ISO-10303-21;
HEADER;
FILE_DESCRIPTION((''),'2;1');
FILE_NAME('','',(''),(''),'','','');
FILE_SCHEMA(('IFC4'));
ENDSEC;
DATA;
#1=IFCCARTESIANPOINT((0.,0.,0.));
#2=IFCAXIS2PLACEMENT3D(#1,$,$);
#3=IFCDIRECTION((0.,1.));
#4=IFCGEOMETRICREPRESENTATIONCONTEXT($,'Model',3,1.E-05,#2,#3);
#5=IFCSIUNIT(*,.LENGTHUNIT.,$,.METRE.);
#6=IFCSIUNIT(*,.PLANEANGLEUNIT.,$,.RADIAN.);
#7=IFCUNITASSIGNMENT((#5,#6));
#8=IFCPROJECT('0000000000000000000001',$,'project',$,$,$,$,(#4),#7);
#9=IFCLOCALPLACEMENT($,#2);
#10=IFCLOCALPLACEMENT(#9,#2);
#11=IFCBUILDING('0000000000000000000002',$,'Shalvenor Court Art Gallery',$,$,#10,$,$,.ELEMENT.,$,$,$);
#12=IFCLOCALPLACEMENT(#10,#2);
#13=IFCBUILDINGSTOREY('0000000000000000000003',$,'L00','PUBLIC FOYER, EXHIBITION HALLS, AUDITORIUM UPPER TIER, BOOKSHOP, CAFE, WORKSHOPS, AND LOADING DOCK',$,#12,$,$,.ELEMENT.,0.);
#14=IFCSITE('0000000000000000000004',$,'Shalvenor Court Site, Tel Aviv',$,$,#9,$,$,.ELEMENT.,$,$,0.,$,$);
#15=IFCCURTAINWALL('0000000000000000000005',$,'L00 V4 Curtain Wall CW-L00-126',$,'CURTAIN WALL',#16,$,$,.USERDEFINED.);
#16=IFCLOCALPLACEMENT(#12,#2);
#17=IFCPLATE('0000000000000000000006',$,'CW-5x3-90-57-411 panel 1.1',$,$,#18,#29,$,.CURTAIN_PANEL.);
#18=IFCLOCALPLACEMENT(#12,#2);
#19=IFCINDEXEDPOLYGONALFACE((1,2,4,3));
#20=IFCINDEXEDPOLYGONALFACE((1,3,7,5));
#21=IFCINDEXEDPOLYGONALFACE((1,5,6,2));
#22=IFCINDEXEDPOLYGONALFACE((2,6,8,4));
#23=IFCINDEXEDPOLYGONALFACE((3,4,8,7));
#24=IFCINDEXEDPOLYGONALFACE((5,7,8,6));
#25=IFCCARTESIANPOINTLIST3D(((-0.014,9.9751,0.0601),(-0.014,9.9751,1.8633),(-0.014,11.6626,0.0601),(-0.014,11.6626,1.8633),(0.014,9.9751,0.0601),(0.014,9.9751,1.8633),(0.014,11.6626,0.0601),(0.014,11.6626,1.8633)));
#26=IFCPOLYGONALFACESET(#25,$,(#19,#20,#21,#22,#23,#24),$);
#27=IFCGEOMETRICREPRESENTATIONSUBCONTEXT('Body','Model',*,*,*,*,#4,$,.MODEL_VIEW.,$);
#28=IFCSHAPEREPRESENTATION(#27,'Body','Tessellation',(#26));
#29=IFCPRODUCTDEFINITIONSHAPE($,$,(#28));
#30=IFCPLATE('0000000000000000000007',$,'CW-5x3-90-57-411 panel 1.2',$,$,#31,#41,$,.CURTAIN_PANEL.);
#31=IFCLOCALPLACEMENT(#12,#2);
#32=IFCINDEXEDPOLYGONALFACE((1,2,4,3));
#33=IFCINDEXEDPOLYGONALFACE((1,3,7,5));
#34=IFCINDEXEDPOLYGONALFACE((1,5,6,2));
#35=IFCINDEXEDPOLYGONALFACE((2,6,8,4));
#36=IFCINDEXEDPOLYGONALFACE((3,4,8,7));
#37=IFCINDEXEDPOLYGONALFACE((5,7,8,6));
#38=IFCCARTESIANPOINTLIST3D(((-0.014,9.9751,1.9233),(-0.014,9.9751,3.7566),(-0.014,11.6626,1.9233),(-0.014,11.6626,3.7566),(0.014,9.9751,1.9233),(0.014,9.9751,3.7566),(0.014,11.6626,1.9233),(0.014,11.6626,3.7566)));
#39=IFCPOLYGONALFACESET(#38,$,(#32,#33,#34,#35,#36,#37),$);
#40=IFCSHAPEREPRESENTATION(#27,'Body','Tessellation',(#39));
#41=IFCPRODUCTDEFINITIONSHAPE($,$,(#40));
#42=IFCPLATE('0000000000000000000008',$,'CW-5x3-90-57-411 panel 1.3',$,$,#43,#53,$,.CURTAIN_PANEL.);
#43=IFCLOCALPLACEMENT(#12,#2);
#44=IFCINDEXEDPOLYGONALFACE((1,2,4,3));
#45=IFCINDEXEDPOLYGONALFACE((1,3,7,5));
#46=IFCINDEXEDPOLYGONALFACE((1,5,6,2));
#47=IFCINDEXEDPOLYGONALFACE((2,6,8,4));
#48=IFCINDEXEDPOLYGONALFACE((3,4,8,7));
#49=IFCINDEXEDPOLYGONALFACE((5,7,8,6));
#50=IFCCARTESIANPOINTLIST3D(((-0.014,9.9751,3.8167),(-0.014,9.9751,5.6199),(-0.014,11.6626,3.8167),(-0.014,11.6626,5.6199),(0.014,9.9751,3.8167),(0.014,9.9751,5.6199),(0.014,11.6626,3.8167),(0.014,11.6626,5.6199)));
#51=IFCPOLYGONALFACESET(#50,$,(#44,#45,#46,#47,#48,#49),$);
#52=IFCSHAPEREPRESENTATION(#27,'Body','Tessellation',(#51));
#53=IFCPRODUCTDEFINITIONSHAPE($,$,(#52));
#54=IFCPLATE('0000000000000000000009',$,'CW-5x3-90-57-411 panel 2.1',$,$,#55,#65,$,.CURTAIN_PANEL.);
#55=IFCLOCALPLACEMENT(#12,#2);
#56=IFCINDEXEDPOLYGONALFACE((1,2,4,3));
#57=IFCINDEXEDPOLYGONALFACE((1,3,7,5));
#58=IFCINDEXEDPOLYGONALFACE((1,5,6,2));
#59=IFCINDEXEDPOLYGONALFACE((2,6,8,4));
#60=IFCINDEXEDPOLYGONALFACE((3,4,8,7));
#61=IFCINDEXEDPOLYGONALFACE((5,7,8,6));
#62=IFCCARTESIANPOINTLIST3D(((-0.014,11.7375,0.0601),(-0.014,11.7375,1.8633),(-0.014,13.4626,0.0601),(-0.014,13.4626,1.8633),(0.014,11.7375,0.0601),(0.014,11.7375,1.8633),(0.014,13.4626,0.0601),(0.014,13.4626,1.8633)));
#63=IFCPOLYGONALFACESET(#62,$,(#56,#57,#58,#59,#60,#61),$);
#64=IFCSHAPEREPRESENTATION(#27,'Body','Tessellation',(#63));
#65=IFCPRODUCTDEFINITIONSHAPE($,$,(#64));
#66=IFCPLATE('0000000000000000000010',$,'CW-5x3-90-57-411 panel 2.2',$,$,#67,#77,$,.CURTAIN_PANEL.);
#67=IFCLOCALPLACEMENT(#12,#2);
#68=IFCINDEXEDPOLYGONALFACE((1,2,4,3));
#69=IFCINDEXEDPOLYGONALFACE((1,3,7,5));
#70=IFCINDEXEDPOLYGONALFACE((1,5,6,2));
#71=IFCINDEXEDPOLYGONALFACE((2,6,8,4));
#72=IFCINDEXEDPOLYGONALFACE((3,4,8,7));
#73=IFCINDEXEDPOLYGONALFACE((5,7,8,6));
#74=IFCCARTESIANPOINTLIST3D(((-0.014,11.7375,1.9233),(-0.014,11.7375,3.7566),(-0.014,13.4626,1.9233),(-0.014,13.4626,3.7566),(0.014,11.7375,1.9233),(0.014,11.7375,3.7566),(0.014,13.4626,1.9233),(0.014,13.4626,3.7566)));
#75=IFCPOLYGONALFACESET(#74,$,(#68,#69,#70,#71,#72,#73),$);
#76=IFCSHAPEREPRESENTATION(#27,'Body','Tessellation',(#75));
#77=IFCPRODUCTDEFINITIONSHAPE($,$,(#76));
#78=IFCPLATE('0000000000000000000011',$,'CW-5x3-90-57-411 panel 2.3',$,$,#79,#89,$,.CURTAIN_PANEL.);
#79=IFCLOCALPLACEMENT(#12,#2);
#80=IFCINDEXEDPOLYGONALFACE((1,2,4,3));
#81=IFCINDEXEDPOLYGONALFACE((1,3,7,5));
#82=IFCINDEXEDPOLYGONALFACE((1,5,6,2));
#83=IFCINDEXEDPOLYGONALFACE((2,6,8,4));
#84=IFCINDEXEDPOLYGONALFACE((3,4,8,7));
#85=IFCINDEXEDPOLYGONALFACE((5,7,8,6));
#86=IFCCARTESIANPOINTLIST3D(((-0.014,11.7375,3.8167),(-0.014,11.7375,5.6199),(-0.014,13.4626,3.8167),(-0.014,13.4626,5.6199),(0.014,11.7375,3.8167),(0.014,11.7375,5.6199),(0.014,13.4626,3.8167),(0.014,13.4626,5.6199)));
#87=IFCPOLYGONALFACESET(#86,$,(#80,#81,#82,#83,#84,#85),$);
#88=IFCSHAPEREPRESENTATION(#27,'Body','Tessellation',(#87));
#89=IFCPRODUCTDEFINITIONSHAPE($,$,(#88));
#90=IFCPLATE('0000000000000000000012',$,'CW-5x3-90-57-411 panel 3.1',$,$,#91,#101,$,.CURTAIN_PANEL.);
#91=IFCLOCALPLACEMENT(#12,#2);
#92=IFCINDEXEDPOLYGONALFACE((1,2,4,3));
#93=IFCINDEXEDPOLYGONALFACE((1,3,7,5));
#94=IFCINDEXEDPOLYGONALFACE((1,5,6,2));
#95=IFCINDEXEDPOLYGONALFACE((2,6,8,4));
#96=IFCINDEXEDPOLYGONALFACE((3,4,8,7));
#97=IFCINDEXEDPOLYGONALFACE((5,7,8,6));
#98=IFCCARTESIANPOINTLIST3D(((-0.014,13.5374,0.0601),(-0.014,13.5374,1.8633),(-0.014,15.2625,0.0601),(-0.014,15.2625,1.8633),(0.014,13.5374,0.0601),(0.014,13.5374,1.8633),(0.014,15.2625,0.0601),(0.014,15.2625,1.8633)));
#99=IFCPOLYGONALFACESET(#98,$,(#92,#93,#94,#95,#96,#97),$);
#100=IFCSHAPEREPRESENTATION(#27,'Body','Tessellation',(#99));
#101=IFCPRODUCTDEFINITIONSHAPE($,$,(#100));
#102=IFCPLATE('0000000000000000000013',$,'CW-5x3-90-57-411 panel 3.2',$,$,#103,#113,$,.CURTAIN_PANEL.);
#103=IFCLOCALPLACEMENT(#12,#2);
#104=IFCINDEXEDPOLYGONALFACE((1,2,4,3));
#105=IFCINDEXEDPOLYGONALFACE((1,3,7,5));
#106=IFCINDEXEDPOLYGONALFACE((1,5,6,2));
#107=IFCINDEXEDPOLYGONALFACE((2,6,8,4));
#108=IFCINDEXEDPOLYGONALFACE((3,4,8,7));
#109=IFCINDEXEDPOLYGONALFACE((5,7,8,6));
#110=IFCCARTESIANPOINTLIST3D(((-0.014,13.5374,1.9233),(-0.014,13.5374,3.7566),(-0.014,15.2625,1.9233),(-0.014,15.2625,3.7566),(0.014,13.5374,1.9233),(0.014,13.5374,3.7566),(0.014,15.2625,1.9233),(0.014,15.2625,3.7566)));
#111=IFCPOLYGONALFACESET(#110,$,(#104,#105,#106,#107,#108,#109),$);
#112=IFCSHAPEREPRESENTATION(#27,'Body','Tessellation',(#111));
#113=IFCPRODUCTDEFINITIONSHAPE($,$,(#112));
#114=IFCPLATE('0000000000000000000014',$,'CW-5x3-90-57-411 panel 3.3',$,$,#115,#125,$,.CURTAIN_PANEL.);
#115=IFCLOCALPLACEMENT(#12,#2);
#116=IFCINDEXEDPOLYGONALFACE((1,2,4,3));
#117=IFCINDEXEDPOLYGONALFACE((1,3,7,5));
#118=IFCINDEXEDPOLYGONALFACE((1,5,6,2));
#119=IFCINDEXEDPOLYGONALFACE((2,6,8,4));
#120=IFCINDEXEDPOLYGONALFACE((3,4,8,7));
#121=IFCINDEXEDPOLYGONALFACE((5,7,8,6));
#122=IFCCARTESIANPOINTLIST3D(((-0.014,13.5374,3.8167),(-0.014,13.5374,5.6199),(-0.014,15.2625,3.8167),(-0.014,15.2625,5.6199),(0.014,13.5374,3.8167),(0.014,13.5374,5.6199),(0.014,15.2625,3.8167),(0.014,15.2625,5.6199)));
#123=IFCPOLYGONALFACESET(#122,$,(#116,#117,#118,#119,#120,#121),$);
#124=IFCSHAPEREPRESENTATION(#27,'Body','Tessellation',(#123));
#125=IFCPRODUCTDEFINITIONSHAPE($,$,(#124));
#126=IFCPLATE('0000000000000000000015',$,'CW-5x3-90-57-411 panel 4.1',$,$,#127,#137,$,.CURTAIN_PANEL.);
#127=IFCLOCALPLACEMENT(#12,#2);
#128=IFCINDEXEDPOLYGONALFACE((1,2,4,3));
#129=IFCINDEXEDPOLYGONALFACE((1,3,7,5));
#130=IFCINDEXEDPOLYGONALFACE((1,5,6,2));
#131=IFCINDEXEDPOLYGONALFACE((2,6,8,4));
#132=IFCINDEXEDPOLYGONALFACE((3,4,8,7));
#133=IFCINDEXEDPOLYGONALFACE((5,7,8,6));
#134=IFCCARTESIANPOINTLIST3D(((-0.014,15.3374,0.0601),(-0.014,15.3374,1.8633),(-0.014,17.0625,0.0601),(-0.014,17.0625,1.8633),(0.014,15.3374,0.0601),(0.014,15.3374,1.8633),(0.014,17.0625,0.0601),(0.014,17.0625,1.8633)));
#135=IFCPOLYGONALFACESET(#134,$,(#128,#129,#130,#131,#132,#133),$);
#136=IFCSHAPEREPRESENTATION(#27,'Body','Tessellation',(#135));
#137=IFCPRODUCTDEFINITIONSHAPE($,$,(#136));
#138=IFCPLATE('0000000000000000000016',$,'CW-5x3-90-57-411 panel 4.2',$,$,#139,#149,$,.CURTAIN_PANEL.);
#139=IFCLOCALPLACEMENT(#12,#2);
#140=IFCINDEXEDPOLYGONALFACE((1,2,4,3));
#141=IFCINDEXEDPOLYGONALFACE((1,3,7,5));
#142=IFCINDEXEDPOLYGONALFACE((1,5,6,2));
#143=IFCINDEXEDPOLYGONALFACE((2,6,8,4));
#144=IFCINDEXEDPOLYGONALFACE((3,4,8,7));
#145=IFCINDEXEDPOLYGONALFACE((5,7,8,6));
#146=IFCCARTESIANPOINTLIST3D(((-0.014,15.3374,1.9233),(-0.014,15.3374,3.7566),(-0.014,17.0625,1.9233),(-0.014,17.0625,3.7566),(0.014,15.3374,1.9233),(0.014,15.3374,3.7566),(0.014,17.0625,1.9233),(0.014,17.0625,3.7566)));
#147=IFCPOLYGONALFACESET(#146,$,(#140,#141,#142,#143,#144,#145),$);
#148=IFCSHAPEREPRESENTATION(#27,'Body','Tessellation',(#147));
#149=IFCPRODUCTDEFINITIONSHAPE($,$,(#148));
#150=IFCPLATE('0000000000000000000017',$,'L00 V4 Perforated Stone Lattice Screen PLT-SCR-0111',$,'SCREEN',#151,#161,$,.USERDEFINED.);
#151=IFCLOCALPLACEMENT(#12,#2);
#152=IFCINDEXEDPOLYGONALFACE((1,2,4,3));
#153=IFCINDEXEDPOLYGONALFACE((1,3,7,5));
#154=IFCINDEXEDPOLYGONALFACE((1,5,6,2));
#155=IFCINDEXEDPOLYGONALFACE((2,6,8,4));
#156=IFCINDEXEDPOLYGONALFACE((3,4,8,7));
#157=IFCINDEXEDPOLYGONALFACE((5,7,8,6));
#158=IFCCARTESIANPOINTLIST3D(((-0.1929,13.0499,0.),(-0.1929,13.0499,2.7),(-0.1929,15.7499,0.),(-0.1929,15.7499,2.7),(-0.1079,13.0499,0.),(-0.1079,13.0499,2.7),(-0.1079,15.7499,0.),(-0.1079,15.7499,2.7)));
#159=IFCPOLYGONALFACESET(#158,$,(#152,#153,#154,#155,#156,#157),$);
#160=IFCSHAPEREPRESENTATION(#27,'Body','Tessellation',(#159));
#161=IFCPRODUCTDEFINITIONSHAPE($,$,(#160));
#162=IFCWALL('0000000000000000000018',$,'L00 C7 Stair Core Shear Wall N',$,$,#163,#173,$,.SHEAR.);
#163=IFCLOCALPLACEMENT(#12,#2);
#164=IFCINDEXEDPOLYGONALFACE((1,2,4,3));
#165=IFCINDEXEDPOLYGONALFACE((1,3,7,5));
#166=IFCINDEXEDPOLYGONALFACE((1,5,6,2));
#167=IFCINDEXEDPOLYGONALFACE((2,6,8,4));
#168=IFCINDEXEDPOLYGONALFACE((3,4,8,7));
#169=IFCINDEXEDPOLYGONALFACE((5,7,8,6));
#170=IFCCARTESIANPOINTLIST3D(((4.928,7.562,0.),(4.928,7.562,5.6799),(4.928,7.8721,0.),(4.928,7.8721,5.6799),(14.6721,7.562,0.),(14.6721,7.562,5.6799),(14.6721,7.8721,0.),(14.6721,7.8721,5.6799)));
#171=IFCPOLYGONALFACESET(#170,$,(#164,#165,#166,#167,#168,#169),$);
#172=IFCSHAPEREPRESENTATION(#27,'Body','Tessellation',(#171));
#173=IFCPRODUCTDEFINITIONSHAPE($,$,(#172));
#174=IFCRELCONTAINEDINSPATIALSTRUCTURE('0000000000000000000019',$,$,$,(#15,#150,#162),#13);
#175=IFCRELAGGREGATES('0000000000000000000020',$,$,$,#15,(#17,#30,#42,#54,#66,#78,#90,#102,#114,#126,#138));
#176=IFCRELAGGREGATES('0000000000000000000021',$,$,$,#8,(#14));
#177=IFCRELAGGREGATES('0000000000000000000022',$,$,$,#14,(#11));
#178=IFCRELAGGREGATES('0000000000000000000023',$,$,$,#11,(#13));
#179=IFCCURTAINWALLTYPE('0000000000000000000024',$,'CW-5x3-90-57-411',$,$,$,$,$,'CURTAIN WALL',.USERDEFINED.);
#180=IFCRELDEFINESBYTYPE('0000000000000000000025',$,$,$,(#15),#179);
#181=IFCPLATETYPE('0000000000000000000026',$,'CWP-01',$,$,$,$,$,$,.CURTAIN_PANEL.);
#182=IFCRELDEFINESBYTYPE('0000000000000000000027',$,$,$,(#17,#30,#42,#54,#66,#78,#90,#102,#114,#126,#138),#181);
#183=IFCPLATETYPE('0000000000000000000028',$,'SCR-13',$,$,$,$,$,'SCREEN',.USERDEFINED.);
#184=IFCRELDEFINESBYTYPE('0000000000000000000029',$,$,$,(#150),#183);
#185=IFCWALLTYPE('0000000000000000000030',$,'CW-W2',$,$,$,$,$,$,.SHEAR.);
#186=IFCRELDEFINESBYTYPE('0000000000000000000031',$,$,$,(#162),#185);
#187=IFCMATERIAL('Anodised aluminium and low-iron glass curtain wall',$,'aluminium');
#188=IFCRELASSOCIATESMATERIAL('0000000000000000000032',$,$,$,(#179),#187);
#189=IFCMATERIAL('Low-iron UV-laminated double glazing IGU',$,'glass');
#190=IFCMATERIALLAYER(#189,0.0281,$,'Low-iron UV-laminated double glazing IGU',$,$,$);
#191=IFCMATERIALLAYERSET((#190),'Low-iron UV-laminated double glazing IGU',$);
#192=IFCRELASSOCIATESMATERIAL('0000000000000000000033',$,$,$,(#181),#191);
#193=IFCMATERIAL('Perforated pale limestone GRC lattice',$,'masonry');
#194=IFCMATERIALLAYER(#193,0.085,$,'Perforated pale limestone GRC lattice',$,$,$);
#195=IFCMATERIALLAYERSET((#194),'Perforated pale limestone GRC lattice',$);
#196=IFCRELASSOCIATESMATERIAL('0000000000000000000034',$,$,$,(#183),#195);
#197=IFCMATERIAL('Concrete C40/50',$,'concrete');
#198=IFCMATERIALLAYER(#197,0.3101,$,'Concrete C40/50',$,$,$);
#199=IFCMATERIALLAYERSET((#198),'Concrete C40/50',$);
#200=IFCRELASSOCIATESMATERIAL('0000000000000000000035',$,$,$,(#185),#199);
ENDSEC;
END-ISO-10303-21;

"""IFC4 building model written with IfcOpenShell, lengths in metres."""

from ifc_helpers import new_model, si_unit, direction, frame, frame_2d, origin, origin_2d, place, context, subcontext, project, spatial, rectangle, extrude, material, layer, layer_set, type_object, element, aggregate, save


model = new_model("IFC4")

# Units and contexts
model_context = context("Model", 3, precision=1e-05, world=origin(), true_north=direction((0.0, 1.0)))
body_context = subcontext(model_context, "Body", "Model", "MODEL_VIEW")
ifc_project = project(units=[si_unit("LENGTHUNIT", "METRE"), si_unit("PLANEANGLEUNIT", "RADIAN")], contexts=[model_context])

# Site, building, storey
site_placement = place(None, origin())
site = spatial("IfcSite", under=ifc_project, at=site_placement, Name="Shalvenor Court Site, Tel Aviv", CompositionType="ELEMENT", RefElevation=0.0)
building_placement = place(site_placement, origin())
building = spatial("IfcBuilding", under=site, at=building_placement, Name="Shalvenor Court Art Gallery", CompositionType="ELEMENT")
storey_placement = place(building_placement, origin())
storey = spatial("IfcBuildingStorey", under=building, at=storey_placement, Name="L00", Description="PUBLIC FOYER, EXHIBITION HALLS, AUDITORIUM UPPER TIER, BOOKSHOP, CAFE, WORKSHOPS, AND LOADING DOCK", CompositionType="ELEMENT", Elevation=0.0)

# Curtain wall
ifc_material_1 = material(Name="Anodised aluminium and low-iron glass curtain wall", Category="aluminium")
curtain_wall_type = type_object("IfcCurtainWallType", Name="CW-5x3-90-57-411", ElementType="CURTAIN WALL", PredefinedType="USERDEFINED", material=ifc_material_1)
curtain_wall_placement = place(storey_placement, origin())
curtain_wall = element("IfcCurtainWall", 1, at=curtain_wall_placement, inside=storey, type_object=curtain_wall_type, Name="L00 V4 Curtain Wall CW-L00-126", ObjectType="CURTAIN WALL", PredefinedType="USERDEFINED")

# Plates
ifc_material_2 = material(Name="Low-iron UV-laminated double glazing IGU", Category="glass")
ifc_layer_1 = layer(ifc_material_2, 0.0281, Name="Low-iron UV-laminated double glazing IGU")
ifc_layer_set_1 = layer_set([ifc_layer_1], Name="Low-iron UV-laminated double glazing IGU")
plate_type_1 = type_object("IfcPlateType", Name="CWP-01", PredefinedType="CURTAIN_PANEL", material=ifc_layer_set_1)
plate_1_placement = place(storey_placement, frame((0.0, 10.8188, 0.0601), z_axis=(0.0, 0.0, 1.0), x_axis=(0.0, 1.0, 0.0)))
plate_1 = element("IfcPlate", 2, at=plate_1_placement, type_object=plate_type_1, Name="CW-5x3-90-57-411 panel 1.1", PredefinedType="CURTAIN_PANEL", context=body_context, shape_type="SweptSolid", body=[
    extrude(rectangle(XDim=1.6875, YDim=0.0281, at=origin_2d()), origin(), (0.0, 0.0, 1.0), 1.8032),
])
plate_2_placement = place(storey_placement, frame((0.0, 10.8188, 1.9233), z_axis=(0.0, 0.0, 1.0), x_axis=(0.0, 1.0, 0.0)))
plate_2 = element("IfcPlate", 3, at=plate_2_placement, type_object=plate_type_1, Name="CW-5x3-90-57-411 panel 1.2", PredefinedType="CURTAIN_PANEL", context=body_context, shape_type="SweptSolid", body=[
    extrude(rectangle(XDim=1.6875, YDim=0.0281, at=origin_2d()), origin(), (0.0, 0.0, 1.0), 1.8333),
])
plate_3_placement = place(storey_placement, frame((0.0, 10.8188, 3.8167), z_axis=(0.0, 0.0, 1.0), x_axis=(0.0, 1.0, 0.0)))
plate_3 = element("IfcPlate", 4, at=plate_3_placement, type_object=plate_type_1, Name="CW-5x3-90-57-411 panel 1.3", PredefinedType="CURTAIN_PANEL", context=body_context, shape_type="SweptSolid", body=[
    extrude(rectangle(XDim=1.6875, YDim=0.0281, at=origin_2d()), origin(), (0.0, 0.0, 1.0), 1.8032),
])
plate_4_placement = place(storey_placement, frame((0.0, 12.6001, 0.0601), z_axis=(0.0, 0.0, 1.0), x_axis=(0.0, 1.0, 0.0)))
plate_4 = element("IfcPlate", 5, at=plate_4_placement, type_object=plate_type_1, Name="CW-5x3-90-57-411 panel 2.1", PredefinedType="CURTAIN_PANEL", context=body_context, shape_type="SweptSolid", body=[
    extrude(rectangle(XDim=1.7251, YDim=0.0281, at=origin_2d()), origin(), (0.0, 0.0, 1.0), 1.8032),
])
plate_5_placement = place(storey_placement, frame((0.0, 12.6001, 1.9233), z_axis=(0.0, 0.0, 1.0), x_axis=(0.0, 1.0, 0.0)))
plate_5 = element("IfcPlate", 6, at=plate_5_placement, type_object=plate_type_1, Name="CW-5x3-90-57-411 panel 2.2", PredefinedType="CURTAIN_PANEL", context=body_context, shape_type="SweptSolid", body=[
    extrude(rectangle(XDim=1.7251, YDim=0.0281, at=origin_2d()), origin(), (0.0, 0.0, 1.0), 1.8333),
])
plate_6_placement = place(storey_placement, frame((0.0, 12.6001, 3.8167), z_axis=(0.0, 0.0, 1.0), x_axis=(0.0, 1.0, 0.0)))
plate_6 = element("IfcPlate", 7, at=plate_6_placement, type_object=plate_type_1, Name="CW-5x3-90-57-411 panel 2.3", PredefinedType="CURTAIN_PANEL", context=body_context, shape_type="SweptSolid", body=[
    extrude(rectangle(XDim=1.7251, YDim=0.0281, at=origin_2d()), origin(), (0.0, 0.0, 1.0), 1.8032),
])
plate_7_placement = place(storey_placement, frame((0.0, 14.3999, 0.0601), z_axis=(0.0, 0.0, 1.0), x_axis=(0.0, 1.0, 0.0)))
plate_7 = element("IfcPlate", 8, at=plate_7_placement, type_object=plate_type_1, Name="CW-5x3-90-57-411 panel 3.1", PredefinedType="CURTAIN_PANEL", context=body_context, shape_type="SweptSolid", body=[
    extrude(rectangle(XDim=1.7251, YDim=0.0281, at=origin_2d()), origin(), (0.0, 0.0, 1.0), 1.8032),
])
plate_8_placement = place(storey_placement, frame((0.0, 14.3999, 1.9233), z_axis=(0.0, 0.0, 1.0), x_axis=(0.0, 1.0, 0.0)))
plate_8 = element("IfcPlate", 9, at=plate_8_placement, type_object=plate_type_1, Name="CW-5x3-90-57-411 panel 3.2", PredefinedType="CURTAIN_PANEL", context=body_context, shape_type="SweptSolid", body=[
    extrude(rectangle(XDim=1.7251, YDim=0.0281, at=origin_2d()), origin(), (0.0, 0.0, 1.0), 1.8333),
])
plate_9_placement = place(storey_placement, frame((0.0, 14.3999, 3.8167), z_axis=(0.0, 0.0, 1.0), x_axis=(0.0, 1.0, 0.0)))
plate_9 = element("IfcPlate", 10, at=plate_9_placement, type_object=plate_type_1, Name="CW-5x3-90-57-411 panel 3.3", PredefinedType="CURTAIN_PANEL", context=body_context, shape_type="SweptSolid", body=[
    extrude(rectangle(XDim=1.7251, YDim=0.0281, at=origin_2d()), origin(), (0.0, 0.0, 1.0), 1.8032),
])
plate_10_placement = place(storey_placement, frame((0.0, 16.2, 0.0601), z_axis=(0.0, 0.0, 1.0), x_axis=(0.0, 1.0, 0.0)))
plate_10 = element("IfcPlate", 11, at=plate_10_placement, type_object=plate_type_1, Name="CW-5x3-90-57-411 panel 4.1", PredefinedType="CURTAIN_PANEL", context=body_context, shape_type="SweptSolid", body=[
    extrude(rectangle(XDim=1.7251, YDim=0.0281, at=origin_2d()), origin(), (0.0, 0.0, 1.0), 1.8032),
])
plate_11_placement = place(storey_placement, frame((0.0, 16.2, 1.9233), z_axis=(0.0, 0.0, 1.0), x_axis=(0.0, 1.0, 0.0)))
plate_11 = element("IfcPlate", 12, at=plate_11_placement, type_object=plate_type_1, Name="CW-5x3-90-57-411 panel 4.2", PredefinedType="CURTAIN_PANEL", context=body_context, shape_type="SweptSolid", body=[
    extrude(rectangle(XDim=1.7251, YDim=0.0281, at=origin_2d()), origin(), (0.0, 0.0, 1.0), 1.8333),
])
aggregate(curtain_wall, [plate_1, plate_2, plate_3, plate_4, plate_5, plate_6, plate_7, plate_8, plate_9, plate_10, plate_11])
ifc_material_3 = material(Name="Perforated pale limestone GRC lattice", Category="masonry")
ifc_layer_2 = layer(ifc_material_3, 0.085, Name="Perforated pale limestone GRC lattice")
ifc_layer_set_2 = layer_set([ifc_layer_2], Name="Perforated pale limestone GRC lattice")
plate_type_2 = type_object("IfcPlateType", Name="SCR-13", ElementType="SCREEN", PredefinedType="USERDEFINED", material=ifc_layer_set_2)
plate_12_placement = place(storey_placement, frame((-0.1504, 14.3999, 0.0), z_axis=(0.0, 0.0, 1.0), x_axis=(0.0, 1.0, 0.0)))
element("IfcPlate", 13, at=plate_12_placement, inside=storey, type_object=plate_type_2, Name="L00 V4 Perforated Stone Lattice Screen PLT-SCR-0111", ObjectType="SCREEN", PredefinedType="USERDEFINED", context=body_context, shape_type="SweptSolid", body=[
    extrude(rectangle(XDim=2.7, YDim=0.085, at=origin_2d()), origin(), (0.0, 0.0, 1.0), 2.7),
])

# Wall
ifc_material_4 = material(Name="Concrete C40/50", Category="concrete")
ifc_layer_3 = layer(ifc_material_4, 0.3101, Name="Concrete C40/50")
ifc_layer_set_3 = layer_set([ifc_layer_3], Name="Concrete C40/50")
wall_type_1 = type_object("IfcWallType", Name="CW-W2", PredefinedType="SHEAR", material=ifc_layer_set_3)
wall_1_placement = place(storey_placement, frame((4.928, 7.717, 0.0), z_axis=(0.0, 0.0, 1.0), x_axis=(1.0, 0.0, 0.0)))
element("IfcWall", 14, at=wall_1_placement, inside=storey, type_object=wall_type_1, Name="L00 C7 Stair Core Shear Wall N", PredefinedType="SHEAR", context=body_context, shape_type="SweptSolid", body=[
    extrude(rectangle(XDim=9.7441, YDim=0.3101, at=frame_2d((4.8721, 0.0))), origin(), (0.0, 0.0, 1.0), 5.6799),
])

save(model, "model.ifc")
